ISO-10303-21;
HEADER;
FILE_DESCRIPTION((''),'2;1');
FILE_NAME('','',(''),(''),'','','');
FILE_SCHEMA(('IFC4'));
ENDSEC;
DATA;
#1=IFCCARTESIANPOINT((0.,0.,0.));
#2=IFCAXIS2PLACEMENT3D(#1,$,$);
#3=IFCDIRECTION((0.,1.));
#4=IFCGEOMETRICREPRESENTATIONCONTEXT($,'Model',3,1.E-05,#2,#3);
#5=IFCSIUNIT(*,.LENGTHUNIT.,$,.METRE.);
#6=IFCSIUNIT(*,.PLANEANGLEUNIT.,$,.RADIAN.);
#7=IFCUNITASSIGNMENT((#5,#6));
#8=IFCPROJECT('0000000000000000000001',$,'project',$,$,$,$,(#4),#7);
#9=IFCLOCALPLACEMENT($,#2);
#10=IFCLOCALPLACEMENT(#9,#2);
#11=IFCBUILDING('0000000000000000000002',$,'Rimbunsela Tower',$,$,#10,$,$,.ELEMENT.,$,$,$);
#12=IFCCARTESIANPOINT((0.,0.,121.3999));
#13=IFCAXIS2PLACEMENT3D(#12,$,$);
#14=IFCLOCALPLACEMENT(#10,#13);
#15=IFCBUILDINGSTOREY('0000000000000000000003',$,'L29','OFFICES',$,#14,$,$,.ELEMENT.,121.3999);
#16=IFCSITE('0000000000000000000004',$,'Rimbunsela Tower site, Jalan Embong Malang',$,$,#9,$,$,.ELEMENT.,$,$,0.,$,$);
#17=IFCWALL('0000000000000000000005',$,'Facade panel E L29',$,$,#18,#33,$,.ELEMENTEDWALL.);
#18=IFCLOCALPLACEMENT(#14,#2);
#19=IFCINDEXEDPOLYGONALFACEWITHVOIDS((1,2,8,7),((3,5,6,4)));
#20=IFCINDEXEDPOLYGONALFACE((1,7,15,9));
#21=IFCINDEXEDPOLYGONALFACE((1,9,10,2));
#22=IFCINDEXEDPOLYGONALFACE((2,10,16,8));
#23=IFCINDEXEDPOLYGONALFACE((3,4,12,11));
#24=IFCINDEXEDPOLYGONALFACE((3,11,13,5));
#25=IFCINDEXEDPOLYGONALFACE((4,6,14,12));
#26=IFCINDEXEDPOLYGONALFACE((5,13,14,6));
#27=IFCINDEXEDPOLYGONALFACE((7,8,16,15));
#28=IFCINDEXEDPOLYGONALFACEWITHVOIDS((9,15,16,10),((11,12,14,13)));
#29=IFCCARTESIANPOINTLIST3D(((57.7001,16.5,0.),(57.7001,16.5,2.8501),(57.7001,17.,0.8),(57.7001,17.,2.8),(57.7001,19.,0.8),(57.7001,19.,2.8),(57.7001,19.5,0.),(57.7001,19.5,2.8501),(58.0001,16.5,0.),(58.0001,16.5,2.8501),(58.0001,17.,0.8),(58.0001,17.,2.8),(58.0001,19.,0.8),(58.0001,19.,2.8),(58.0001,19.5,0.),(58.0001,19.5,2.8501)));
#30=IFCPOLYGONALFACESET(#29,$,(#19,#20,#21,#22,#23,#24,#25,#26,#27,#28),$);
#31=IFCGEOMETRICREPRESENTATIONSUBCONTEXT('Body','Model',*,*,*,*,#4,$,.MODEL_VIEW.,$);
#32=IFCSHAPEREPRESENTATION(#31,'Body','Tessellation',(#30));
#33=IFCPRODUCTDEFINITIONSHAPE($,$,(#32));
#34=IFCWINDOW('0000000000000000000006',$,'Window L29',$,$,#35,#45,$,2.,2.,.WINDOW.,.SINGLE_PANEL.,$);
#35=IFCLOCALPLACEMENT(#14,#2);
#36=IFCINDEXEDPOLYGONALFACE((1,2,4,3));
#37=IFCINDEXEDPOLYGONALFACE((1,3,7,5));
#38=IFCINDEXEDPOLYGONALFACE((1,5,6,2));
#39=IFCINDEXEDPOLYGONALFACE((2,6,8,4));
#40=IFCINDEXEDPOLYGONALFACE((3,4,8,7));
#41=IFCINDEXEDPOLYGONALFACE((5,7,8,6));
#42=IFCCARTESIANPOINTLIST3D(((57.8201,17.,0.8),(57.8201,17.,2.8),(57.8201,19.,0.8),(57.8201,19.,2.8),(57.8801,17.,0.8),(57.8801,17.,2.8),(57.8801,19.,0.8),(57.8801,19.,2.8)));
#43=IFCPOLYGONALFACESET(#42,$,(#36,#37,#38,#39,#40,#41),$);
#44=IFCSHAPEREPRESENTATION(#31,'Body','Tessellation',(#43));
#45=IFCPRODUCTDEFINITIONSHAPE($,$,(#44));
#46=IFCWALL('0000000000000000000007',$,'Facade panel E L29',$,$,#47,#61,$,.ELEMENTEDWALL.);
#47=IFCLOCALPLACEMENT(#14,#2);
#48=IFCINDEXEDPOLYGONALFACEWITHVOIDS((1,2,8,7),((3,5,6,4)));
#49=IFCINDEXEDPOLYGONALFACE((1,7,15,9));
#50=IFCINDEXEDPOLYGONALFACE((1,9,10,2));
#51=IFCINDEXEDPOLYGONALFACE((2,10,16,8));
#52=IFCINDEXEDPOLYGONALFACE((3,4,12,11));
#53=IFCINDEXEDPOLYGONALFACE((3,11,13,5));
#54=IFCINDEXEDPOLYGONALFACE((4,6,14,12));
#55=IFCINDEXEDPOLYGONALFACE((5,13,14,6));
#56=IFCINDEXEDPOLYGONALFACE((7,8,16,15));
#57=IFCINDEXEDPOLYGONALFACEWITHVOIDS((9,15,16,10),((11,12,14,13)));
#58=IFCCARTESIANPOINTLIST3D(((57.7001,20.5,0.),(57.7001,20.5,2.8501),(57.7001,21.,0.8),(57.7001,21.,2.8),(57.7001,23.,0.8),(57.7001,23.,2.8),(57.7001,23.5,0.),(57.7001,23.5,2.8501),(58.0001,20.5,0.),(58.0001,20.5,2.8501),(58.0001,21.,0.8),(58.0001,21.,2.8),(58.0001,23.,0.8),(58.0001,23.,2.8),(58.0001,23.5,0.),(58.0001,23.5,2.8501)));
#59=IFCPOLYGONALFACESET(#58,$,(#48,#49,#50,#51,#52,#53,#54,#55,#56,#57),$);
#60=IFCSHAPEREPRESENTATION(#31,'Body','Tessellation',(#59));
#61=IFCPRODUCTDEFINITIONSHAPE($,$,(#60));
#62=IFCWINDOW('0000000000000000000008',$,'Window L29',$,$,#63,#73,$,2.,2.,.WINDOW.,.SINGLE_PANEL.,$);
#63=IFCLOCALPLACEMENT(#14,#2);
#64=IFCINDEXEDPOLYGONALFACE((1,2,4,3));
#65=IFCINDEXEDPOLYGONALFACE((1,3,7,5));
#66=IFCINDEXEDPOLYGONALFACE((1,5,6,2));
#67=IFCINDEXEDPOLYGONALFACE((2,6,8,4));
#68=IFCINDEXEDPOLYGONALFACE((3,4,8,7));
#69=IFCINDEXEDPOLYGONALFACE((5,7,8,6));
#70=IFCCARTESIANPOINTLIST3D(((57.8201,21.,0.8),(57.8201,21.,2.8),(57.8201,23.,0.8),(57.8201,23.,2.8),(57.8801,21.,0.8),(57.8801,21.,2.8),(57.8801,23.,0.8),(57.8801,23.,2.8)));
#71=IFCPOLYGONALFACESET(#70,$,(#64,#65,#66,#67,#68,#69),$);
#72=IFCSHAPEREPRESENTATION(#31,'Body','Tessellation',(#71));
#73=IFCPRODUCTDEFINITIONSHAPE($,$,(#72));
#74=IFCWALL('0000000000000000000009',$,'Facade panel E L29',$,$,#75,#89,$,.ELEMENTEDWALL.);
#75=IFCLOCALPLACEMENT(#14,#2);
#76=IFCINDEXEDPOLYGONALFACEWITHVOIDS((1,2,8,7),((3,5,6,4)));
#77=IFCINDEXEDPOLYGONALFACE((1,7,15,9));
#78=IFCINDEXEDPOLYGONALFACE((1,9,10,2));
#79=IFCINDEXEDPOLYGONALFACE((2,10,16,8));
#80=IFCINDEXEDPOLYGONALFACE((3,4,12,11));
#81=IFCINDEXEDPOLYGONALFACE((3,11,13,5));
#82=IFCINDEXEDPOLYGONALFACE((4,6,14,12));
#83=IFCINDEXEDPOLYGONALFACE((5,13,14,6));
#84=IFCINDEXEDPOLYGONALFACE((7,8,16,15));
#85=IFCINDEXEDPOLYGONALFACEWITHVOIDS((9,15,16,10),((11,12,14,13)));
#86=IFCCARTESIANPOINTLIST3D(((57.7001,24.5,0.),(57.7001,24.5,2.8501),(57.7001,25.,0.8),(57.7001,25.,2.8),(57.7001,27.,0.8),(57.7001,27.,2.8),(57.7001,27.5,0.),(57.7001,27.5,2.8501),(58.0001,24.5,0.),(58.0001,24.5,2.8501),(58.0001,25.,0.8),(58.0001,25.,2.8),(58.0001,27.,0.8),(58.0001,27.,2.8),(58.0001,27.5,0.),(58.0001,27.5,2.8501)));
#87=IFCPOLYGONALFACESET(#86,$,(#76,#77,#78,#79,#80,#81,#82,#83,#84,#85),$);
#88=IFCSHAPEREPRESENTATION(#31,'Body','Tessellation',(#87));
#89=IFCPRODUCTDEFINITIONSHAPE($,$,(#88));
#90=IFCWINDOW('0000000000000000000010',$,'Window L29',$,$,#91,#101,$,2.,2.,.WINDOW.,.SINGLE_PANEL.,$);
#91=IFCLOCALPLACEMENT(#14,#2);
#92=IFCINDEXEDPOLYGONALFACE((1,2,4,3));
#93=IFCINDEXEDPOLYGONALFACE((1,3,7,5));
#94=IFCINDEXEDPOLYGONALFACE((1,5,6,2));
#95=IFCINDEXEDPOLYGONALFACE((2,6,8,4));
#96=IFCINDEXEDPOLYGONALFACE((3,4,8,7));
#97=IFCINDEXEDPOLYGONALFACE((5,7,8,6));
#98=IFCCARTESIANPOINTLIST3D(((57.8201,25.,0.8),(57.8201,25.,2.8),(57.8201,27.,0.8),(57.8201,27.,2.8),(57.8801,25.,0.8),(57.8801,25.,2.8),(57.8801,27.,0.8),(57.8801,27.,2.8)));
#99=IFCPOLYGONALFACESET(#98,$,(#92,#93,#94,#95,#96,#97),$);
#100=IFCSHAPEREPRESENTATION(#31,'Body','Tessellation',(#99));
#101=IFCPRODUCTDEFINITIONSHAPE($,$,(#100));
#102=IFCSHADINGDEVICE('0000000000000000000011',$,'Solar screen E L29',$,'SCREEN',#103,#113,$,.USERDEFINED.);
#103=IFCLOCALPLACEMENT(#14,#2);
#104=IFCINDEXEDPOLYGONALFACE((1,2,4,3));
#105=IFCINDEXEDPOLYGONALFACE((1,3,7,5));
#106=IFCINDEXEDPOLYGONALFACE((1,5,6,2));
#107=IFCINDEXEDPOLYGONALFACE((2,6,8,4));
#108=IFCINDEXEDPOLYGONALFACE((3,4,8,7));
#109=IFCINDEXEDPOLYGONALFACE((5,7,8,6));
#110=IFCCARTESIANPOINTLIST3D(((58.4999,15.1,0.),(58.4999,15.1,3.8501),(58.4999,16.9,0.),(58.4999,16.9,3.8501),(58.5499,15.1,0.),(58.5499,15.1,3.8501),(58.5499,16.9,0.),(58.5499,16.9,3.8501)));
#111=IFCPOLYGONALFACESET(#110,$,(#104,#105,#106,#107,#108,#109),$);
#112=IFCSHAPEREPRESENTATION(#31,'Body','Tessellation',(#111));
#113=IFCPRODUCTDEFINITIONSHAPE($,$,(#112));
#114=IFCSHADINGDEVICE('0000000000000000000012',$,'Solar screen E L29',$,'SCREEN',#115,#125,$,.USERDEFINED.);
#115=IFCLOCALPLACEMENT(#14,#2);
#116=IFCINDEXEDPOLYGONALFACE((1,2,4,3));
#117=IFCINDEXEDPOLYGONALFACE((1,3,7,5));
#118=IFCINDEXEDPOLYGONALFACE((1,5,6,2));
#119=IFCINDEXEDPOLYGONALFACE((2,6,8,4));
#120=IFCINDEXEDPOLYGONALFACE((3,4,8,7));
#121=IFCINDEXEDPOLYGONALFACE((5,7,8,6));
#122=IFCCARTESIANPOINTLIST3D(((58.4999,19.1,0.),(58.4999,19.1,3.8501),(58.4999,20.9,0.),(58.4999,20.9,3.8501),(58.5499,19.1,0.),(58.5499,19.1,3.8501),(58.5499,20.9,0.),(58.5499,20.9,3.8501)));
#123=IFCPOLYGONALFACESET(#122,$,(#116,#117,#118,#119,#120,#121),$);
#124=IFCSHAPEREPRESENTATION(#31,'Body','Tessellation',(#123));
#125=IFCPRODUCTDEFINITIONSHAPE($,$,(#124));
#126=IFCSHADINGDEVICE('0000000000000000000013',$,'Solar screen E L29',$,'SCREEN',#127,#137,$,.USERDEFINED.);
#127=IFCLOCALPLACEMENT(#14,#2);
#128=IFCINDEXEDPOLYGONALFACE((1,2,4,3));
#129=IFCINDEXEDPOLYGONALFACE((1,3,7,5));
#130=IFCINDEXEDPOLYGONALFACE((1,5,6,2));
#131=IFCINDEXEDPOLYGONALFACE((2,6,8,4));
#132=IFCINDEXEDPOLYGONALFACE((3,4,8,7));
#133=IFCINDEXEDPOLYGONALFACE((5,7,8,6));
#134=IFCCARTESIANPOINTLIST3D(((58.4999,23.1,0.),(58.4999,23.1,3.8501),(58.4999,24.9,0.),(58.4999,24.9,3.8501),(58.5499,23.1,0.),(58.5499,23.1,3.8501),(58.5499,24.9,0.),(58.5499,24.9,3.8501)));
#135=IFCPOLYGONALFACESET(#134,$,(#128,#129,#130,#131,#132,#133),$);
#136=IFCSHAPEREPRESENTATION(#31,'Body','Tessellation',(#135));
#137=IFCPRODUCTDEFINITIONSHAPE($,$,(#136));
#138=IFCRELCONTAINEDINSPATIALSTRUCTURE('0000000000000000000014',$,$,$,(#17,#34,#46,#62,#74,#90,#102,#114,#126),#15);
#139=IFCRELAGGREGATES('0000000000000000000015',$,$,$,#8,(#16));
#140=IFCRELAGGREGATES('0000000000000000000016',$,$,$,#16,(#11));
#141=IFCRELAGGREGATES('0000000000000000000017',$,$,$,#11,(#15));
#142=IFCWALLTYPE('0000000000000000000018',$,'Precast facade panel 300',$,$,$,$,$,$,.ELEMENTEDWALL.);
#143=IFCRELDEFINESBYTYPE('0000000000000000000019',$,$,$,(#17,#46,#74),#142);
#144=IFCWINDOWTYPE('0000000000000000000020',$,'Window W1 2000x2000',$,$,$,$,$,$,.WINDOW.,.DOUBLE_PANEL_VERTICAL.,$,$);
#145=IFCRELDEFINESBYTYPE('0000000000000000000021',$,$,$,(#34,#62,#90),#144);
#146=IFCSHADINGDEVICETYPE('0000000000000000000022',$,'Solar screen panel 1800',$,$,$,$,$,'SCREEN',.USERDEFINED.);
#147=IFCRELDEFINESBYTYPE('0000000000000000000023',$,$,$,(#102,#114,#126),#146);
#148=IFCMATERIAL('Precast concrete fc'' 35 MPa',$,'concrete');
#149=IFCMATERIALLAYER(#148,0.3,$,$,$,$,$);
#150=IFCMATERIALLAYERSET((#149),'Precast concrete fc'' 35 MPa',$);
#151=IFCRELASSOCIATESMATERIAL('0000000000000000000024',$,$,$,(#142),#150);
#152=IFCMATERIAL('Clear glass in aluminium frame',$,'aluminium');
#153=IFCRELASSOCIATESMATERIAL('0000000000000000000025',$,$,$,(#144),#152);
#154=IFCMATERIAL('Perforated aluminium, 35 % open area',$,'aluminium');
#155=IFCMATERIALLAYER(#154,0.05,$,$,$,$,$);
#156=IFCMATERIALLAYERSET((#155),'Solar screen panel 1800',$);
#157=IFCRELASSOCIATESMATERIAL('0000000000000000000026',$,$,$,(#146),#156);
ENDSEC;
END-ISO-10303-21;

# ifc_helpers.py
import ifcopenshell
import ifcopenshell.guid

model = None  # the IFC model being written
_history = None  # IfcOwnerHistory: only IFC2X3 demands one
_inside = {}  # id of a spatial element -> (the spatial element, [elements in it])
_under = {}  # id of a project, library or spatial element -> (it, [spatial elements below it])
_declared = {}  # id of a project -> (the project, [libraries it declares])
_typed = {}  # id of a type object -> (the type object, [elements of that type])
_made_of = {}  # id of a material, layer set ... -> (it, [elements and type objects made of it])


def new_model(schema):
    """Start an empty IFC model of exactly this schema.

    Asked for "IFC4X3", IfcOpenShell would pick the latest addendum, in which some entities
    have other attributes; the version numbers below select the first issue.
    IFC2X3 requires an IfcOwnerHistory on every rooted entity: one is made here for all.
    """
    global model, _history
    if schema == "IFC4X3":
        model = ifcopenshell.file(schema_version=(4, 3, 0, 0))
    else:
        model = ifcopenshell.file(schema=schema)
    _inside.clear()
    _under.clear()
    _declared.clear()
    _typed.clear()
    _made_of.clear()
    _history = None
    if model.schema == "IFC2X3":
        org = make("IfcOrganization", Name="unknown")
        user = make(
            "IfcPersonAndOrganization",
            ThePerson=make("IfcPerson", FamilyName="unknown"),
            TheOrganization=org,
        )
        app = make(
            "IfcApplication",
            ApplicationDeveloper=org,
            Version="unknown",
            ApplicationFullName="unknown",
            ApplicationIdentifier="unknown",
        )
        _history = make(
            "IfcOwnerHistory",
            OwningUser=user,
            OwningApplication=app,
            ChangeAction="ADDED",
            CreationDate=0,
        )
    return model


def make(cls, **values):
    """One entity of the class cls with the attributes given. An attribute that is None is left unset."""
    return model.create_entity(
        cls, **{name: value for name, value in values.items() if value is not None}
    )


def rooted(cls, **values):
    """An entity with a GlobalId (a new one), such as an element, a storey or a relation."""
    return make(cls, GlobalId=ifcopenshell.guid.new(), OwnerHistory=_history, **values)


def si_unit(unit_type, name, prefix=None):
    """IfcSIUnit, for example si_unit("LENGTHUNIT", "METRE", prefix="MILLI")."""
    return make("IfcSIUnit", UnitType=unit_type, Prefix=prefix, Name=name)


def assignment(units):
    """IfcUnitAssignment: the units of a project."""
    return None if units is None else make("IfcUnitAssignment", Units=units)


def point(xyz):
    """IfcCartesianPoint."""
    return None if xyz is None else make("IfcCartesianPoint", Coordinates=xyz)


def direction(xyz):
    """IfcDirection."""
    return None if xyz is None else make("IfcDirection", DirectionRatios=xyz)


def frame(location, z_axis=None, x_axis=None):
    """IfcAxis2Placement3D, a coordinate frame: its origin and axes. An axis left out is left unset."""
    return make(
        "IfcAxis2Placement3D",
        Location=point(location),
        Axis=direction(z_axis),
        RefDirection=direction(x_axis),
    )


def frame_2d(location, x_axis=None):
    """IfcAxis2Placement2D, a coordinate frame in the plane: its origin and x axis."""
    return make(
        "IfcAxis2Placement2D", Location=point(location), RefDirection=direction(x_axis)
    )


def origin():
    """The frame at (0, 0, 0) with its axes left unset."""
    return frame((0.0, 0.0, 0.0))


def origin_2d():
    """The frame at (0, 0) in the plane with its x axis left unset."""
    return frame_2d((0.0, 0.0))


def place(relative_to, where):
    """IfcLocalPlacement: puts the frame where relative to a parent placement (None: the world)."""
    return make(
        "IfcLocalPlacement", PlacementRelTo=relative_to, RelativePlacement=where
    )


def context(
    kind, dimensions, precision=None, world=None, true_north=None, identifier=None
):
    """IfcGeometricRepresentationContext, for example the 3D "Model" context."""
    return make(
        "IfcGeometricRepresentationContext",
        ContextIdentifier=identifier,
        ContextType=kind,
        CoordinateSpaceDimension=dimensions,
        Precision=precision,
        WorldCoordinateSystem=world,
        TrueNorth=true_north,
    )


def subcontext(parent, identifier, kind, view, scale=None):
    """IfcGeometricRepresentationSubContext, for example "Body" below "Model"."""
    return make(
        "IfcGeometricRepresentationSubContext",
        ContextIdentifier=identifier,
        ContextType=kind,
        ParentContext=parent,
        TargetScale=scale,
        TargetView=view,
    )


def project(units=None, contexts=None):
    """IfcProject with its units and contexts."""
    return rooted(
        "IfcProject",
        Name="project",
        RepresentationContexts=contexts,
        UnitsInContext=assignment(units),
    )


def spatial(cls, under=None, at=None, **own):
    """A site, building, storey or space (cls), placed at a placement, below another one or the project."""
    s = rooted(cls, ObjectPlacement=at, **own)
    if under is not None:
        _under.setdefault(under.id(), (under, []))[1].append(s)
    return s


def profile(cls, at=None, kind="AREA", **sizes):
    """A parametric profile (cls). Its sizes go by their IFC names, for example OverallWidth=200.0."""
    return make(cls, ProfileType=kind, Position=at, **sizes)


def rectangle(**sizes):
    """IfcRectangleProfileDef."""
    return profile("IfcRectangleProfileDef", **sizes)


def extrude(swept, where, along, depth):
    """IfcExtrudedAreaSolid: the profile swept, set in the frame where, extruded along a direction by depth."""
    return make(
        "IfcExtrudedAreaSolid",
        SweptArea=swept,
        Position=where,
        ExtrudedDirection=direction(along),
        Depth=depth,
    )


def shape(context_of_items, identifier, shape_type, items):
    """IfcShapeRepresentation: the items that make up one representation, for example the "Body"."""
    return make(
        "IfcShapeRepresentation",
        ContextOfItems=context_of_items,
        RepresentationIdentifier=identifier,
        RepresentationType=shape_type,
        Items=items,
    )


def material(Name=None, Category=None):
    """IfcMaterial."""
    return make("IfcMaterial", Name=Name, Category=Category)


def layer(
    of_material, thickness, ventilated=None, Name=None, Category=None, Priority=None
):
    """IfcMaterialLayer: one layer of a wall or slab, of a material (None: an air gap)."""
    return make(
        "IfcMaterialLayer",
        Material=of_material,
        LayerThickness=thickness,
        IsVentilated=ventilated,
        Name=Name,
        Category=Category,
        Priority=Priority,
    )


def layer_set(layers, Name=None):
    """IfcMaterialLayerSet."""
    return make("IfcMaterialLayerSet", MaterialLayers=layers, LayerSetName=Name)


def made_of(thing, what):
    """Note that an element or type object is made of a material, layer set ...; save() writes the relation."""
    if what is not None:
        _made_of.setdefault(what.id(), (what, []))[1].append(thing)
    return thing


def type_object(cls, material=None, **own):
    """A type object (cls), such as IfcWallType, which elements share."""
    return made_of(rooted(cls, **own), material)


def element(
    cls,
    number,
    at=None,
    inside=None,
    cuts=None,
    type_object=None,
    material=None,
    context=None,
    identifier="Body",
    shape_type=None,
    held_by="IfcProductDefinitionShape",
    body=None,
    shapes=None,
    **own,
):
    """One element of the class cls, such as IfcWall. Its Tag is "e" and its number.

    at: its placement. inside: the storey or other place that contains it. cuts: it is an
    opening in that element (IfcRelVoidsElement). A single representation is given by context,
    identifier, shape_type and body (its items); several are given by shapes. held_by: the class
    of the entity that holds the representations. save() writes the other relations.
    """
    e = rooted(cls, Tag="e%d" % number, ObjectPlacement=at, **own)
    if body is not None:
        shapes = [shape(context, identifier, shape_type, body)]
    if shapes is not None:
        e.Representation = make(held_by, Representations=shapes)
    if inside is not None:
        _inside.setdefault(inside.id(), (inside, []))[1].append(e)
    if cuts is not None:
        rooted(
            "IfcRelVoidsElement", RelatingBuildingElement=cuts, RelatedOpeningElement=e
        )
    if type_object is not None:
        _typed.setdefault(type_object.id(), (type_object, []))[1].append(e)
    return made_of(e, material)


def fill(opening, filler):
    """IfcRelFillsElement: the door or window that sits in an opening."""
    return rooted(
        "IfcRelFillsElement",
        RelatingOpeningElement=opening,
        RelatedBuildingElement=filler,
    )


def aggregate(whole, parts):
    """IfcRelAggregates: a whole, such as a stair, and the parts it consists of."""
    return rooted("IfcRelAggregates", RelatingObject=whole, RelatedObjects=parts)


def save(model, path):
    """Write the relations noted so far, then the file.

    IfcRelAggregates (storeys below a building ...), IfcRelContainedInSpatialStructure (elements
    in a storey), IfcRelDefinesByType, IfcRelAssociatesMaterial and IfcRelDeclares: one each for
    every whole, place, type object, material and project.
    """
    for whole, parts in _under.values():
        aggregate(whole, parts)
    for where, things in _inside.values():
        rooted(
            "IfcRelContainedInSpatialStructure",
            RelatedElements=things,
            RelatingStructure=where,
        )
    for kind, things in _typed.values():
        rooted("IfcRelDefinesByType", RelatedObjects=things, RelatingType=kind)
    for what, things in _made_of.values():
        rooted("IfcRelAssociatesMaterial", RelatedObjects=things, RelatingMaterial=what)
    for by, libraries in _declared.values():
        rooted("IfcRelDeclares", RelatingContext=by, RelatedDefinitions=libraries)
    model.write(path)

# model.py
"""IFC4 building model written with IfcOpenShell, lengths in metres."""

from ifc_helpers import new_model, si_unit, direction, frame, frame_2d, origin, origin_2d, place, context, subcontext, project, spatial, rectangle, extrude, material, layer, layer_set, type_object, element, fill, save


model = new_model("IFC4")

# Units and contexts
model_context = context("Model", 3, precision=1e-05, world=origin(), true_north=direction((0.0, 1.0)))
body_context = subcontext(model_context, "Body", "Model", "MODEL_VIEW")
ifc_project = project(units=[si_unit("LENGTHUNIT", "METRE"), si_unit("PLANEANGLEUNIT", "RADIAN")], contexts=[model_context])

# Site, building, storey
site_placement = place(None, origin())
site = spatial("IfcSite", under=ifc_project, at=site_placement, Name="Rimbunsela Tower site, Jalan Embong Malang", CompositionType="ELEMENT", RefElevation=0.0)
building_placement = place(site_placement, origin())
building = spatial("IfcBuilding", under=site, at=building_placement, Name="Rimbunsela Tower", CompositionType="ELEMENT")
storey_placement = place(building_placement, frame((0.0, 0.0, 121.3999)))
storey = spatial("IfcBuildingStorey", under=building, at=storey_placement, Name="L29", Description="OFFICES", CompositionType="ELEMENT", Elevation=121.3999)

# Walls, openings, windows
ifc_material_1 = material(Name="Precast concrete fc' 35 MPa", Category="concrete")
ifc_layer_1 = layer(ifc_material_1, 0.3)
ifc_layer_set_1 = layer_set([ifc_layer_1], Name="Precast concrete fc' 35 MPa")
wall_type_1 = type_object("IfcWallType", Name="Precast facade panel 300", PredefinedType="ELEMENTEDWALL", material=ifc_layer_set_1)
wall_1_placement = place(storey_placement, frame((57.8501, 16.5, 0.0), z_axis=(0.0, 0.0, 1.0), x_axis=(0.0, 1.0, 0.0)))
wall_1 = element("IfcWall", 1, at=wall_1_placement, inside=storey, type_object=wall_type_1, Name="Facade panel E L29", PredefinedType="ELEMENTEDWALL", context=body_context, shape_type="SweptSolid", body=[
    extrude(rectangle(XDim=3.0, YDim=0.3, at=frame_2d((1.5, 0.0))), origin(), (0.0, 0.0, 1.0), 2.8501),
])
opening_1_placement = place(wall_1_placement, frame((0.5, 0.0, 0.8)))
opening_1 = element("IfcOpeningElement", 2, at=opening_1_placement, cuts=wall_1, PredefinedType="OPENING", context=body_context, shape_type="SweptSolid", body=[
    extrude(rectangle(XDim=2.0, YDim=2.0, at=frame_2d((1.0, 1.0))), frame((0.0, 0.1599, 0.0), z_axis=(0.0, -1.0, 0.0), x_axis=(1.0, 0.0, 0.0)), (0.0, 0.0, 1.0), 0.3201),
])
ifc_material_2 = material(Name="Clear glass in aluminium frame", Category="aluminium")
window_type = type_object("IfcWindowType", Name="Window W1 2000x2000", PartitioningType="DOUBLE_PANEL_VERTICAL", PredefinedType="WINDOW", material=ifc_material_2)
window_1_placement = place(opening_1_placement, origin())
window_1 = element("IfcWindow", 3, at=window_1_placement, inside=storey, type_object=window_type, Name="Window L29", OverallHeight=2.0, OverallWidth=2.0, PartitioningType="SINGLE_PANEL", PredefinedType="WINDOW", context=body_context, shape_type="SweptSolid", body=[
    extrude(rectangle(XDim=2.0, YDim=2.0, at=frame_2d((1.0, 1.0))), frame((0.0, 0.03, 0.0), z_axis=(0.0, -1.0, 0.0), x_axis=(1.0, 0.0, 0.0)), (0.0, 0.0, 1.0), 0.0601),
])
fill(opening_1, window_1)
wall_2_placement = place(storey_placement, frame((57.8501, 20.5, 0.0), z_axis=(0.0, 0.0, 1.0), x_axis=(0.0, 1.0, 0.0)))
wall_2 = element("IfcWall", 4, at=wall_2_placement, inside=storey, type_object=wall_type_1, Name="Facade panel E L29", PredefinedType="ELEMENTEDWALL", context=body_context, shape_type="SweptSolid", body=[
    extrude(rectangle(XDim=3.0, YDim=0.3, at=frame_2d((1.5, 0.0))), origin(), (0.0, 0.0, 1.0), 2.8501),
])
opening_2_placement = place(wall_2_placement, frame((0.5, 0.0, 0.8)))
opening_2 = element("IfcOpeningElement", 5, at=opening_2_placement, cuts=wall_2, PredefinedType="OPENING", context=body_context, shape_type="SweptSolid", body=[
    extrude(rectangle(XDim=2.0, YDim=2.0, at=frame_2d((1.0, 1.0))), frame((0.0, 0.1599, 0.0), z_axis=(0.0, -1.0, 0.0), x_axis=(1.0, 0.0, 0.0)), (0.0, 0.0, 1.0), 0.3201),
])
window_2_placement = place(opening_2_placement, origin())
window_2 = element("IfcWindow", 6, at=window_2_placement, inside=storey, type_object=window_type, Name="Window L29", OverallHeight=2.0, OverallWidth=2.0, PartitioningType="SINGLE_PANEL", PredefinedType="WINDOW", context=body_context, shape_type="SweptSolid", body=[
    extrude(rectangle(XDim=2.0, YDim=2.0, at=frame_2d((1.0, 1.0))), frame((0.0, 0.03, 0.0), z_axis=(0.0, -1.0, 0.0), x_axis=(1.0, 0.0, 0.0)), (0.0, 0.0, 1.0), 0.0601),
])
fill(opening_2, window_2)
wall_3_placement = place(storey_placement, frame((57.8501, 24.5, 0.0), z_axis=(0.0, 0.0, 1.0), x_axis=(0.0, 1.0, 0.0)))
wall_3 = element("IfcWall", 7, at=wall_3_placement, inside=storey, type_object=wall_type_1, Name="Facade panel E L29", PredefinedType="ELEMENTEDWALL", context=body_context, shape_type="SweptSolid", body=[
    extrude(rectangle(XDim=3.0, YDim=0.3, at=frame_2d((1.5, 0.0))), origin(), (0.0, 0.0, 1.0), 2.8501),
])
opening_3_placement = place(wall_3_placement, frame((0.5, 0.0, 0.8)))
opening_3 = element("IfcOpeningElement", 8, at=opening_3_placement, cuts=wall_3, PredefinedType="OPENING", context=body_context, shape_type="SweptSolid", body=[
    extrude(rectangle(XDim=2.0, YDim=2.0, at=frame_2d((1.0, 1.0))), frame((0.0, 0.1599, 0.0), z_axis=(0.0, -1.0, 0.0), x_axis=(1.0, 0.0, 0.0)), (0.0, 0.0, 1.0), 0.3201),
])
window_3_placement = place(opening_3_placement, origin())
window_3 = element("IfcWindow", 9, at=window_3_placement, inside=storey, type_object=window_type, Name="Window L29", OverallHeight=2.0, OverallWidth=2.0, PartitioningType="SINGLE_PANEL", PredefinedType="WINDOW", context=body_context, shape_type="SweptSolid", body=[
    extrude(rectangle(XDim=2.0, YDim=2.0, at=frame_2d((1.0, 1.0))), frame((0.0, 0.03, 0.0), z_axis=(0.0, -1.0, 0.0), x_axis=(1.0, 0.0, 0.0)), (0.0, 0.0, 1.0), 0.0601),
])
fill(opening_3, window_3)

# Shading devices
ifc_material_3 = material(Name="Perforated aluminium, 35 % open area", Category="aluminium")
ifc_layer_2 = layer(ifc_material_3, 0.05)
ifc_layer_set_2 = layer_set([ifc_layer_2], Name="Solar screen panel 1800")
shading_device_type = type_object("IfcShadingDeviceType", Name="Solar screen panel 1800", ElementType="SCREEN", PredefinedType="USERDEFINED", material=ifc_layer_set_2)
for number, where, z_axis, x_axis, name in (
    (10, (58.5249, 16.0, 0.0), (0.0, 0.0, 1.0), (0.0, 1.0, 0.0), "Solar screen E L29"),
    (11, (58.5249, 20.0, 0.0), (0.0, 0.0, 1.0), (0.0, 1.0, 0.0), "Solar screen E L29"),
    (12, (58.5249, 24.0, 0.0), (0.0, 0.0, 1.0), (0.0, 1.0, 0.0), "Solar screen E L29"),
):
    element("IfcShadingDevice", number, at=place(storey_placement, frame(where, z_axis=z_axis, x_axis=x_axis)), inside=storey, type_object=shading_device_type, Name=name, ObjectType="SCREEN", PredefinedType="USERDEFINED", context=body_context, shape_type="SweptSolid", body=[
        extrude(rectangle(XDim=1.8, YDim=0.05, at=origin_2d()), origin(), (0.0, 0.0, 1.0), 3.8501),
    ])

save(model, "model.ifc")
